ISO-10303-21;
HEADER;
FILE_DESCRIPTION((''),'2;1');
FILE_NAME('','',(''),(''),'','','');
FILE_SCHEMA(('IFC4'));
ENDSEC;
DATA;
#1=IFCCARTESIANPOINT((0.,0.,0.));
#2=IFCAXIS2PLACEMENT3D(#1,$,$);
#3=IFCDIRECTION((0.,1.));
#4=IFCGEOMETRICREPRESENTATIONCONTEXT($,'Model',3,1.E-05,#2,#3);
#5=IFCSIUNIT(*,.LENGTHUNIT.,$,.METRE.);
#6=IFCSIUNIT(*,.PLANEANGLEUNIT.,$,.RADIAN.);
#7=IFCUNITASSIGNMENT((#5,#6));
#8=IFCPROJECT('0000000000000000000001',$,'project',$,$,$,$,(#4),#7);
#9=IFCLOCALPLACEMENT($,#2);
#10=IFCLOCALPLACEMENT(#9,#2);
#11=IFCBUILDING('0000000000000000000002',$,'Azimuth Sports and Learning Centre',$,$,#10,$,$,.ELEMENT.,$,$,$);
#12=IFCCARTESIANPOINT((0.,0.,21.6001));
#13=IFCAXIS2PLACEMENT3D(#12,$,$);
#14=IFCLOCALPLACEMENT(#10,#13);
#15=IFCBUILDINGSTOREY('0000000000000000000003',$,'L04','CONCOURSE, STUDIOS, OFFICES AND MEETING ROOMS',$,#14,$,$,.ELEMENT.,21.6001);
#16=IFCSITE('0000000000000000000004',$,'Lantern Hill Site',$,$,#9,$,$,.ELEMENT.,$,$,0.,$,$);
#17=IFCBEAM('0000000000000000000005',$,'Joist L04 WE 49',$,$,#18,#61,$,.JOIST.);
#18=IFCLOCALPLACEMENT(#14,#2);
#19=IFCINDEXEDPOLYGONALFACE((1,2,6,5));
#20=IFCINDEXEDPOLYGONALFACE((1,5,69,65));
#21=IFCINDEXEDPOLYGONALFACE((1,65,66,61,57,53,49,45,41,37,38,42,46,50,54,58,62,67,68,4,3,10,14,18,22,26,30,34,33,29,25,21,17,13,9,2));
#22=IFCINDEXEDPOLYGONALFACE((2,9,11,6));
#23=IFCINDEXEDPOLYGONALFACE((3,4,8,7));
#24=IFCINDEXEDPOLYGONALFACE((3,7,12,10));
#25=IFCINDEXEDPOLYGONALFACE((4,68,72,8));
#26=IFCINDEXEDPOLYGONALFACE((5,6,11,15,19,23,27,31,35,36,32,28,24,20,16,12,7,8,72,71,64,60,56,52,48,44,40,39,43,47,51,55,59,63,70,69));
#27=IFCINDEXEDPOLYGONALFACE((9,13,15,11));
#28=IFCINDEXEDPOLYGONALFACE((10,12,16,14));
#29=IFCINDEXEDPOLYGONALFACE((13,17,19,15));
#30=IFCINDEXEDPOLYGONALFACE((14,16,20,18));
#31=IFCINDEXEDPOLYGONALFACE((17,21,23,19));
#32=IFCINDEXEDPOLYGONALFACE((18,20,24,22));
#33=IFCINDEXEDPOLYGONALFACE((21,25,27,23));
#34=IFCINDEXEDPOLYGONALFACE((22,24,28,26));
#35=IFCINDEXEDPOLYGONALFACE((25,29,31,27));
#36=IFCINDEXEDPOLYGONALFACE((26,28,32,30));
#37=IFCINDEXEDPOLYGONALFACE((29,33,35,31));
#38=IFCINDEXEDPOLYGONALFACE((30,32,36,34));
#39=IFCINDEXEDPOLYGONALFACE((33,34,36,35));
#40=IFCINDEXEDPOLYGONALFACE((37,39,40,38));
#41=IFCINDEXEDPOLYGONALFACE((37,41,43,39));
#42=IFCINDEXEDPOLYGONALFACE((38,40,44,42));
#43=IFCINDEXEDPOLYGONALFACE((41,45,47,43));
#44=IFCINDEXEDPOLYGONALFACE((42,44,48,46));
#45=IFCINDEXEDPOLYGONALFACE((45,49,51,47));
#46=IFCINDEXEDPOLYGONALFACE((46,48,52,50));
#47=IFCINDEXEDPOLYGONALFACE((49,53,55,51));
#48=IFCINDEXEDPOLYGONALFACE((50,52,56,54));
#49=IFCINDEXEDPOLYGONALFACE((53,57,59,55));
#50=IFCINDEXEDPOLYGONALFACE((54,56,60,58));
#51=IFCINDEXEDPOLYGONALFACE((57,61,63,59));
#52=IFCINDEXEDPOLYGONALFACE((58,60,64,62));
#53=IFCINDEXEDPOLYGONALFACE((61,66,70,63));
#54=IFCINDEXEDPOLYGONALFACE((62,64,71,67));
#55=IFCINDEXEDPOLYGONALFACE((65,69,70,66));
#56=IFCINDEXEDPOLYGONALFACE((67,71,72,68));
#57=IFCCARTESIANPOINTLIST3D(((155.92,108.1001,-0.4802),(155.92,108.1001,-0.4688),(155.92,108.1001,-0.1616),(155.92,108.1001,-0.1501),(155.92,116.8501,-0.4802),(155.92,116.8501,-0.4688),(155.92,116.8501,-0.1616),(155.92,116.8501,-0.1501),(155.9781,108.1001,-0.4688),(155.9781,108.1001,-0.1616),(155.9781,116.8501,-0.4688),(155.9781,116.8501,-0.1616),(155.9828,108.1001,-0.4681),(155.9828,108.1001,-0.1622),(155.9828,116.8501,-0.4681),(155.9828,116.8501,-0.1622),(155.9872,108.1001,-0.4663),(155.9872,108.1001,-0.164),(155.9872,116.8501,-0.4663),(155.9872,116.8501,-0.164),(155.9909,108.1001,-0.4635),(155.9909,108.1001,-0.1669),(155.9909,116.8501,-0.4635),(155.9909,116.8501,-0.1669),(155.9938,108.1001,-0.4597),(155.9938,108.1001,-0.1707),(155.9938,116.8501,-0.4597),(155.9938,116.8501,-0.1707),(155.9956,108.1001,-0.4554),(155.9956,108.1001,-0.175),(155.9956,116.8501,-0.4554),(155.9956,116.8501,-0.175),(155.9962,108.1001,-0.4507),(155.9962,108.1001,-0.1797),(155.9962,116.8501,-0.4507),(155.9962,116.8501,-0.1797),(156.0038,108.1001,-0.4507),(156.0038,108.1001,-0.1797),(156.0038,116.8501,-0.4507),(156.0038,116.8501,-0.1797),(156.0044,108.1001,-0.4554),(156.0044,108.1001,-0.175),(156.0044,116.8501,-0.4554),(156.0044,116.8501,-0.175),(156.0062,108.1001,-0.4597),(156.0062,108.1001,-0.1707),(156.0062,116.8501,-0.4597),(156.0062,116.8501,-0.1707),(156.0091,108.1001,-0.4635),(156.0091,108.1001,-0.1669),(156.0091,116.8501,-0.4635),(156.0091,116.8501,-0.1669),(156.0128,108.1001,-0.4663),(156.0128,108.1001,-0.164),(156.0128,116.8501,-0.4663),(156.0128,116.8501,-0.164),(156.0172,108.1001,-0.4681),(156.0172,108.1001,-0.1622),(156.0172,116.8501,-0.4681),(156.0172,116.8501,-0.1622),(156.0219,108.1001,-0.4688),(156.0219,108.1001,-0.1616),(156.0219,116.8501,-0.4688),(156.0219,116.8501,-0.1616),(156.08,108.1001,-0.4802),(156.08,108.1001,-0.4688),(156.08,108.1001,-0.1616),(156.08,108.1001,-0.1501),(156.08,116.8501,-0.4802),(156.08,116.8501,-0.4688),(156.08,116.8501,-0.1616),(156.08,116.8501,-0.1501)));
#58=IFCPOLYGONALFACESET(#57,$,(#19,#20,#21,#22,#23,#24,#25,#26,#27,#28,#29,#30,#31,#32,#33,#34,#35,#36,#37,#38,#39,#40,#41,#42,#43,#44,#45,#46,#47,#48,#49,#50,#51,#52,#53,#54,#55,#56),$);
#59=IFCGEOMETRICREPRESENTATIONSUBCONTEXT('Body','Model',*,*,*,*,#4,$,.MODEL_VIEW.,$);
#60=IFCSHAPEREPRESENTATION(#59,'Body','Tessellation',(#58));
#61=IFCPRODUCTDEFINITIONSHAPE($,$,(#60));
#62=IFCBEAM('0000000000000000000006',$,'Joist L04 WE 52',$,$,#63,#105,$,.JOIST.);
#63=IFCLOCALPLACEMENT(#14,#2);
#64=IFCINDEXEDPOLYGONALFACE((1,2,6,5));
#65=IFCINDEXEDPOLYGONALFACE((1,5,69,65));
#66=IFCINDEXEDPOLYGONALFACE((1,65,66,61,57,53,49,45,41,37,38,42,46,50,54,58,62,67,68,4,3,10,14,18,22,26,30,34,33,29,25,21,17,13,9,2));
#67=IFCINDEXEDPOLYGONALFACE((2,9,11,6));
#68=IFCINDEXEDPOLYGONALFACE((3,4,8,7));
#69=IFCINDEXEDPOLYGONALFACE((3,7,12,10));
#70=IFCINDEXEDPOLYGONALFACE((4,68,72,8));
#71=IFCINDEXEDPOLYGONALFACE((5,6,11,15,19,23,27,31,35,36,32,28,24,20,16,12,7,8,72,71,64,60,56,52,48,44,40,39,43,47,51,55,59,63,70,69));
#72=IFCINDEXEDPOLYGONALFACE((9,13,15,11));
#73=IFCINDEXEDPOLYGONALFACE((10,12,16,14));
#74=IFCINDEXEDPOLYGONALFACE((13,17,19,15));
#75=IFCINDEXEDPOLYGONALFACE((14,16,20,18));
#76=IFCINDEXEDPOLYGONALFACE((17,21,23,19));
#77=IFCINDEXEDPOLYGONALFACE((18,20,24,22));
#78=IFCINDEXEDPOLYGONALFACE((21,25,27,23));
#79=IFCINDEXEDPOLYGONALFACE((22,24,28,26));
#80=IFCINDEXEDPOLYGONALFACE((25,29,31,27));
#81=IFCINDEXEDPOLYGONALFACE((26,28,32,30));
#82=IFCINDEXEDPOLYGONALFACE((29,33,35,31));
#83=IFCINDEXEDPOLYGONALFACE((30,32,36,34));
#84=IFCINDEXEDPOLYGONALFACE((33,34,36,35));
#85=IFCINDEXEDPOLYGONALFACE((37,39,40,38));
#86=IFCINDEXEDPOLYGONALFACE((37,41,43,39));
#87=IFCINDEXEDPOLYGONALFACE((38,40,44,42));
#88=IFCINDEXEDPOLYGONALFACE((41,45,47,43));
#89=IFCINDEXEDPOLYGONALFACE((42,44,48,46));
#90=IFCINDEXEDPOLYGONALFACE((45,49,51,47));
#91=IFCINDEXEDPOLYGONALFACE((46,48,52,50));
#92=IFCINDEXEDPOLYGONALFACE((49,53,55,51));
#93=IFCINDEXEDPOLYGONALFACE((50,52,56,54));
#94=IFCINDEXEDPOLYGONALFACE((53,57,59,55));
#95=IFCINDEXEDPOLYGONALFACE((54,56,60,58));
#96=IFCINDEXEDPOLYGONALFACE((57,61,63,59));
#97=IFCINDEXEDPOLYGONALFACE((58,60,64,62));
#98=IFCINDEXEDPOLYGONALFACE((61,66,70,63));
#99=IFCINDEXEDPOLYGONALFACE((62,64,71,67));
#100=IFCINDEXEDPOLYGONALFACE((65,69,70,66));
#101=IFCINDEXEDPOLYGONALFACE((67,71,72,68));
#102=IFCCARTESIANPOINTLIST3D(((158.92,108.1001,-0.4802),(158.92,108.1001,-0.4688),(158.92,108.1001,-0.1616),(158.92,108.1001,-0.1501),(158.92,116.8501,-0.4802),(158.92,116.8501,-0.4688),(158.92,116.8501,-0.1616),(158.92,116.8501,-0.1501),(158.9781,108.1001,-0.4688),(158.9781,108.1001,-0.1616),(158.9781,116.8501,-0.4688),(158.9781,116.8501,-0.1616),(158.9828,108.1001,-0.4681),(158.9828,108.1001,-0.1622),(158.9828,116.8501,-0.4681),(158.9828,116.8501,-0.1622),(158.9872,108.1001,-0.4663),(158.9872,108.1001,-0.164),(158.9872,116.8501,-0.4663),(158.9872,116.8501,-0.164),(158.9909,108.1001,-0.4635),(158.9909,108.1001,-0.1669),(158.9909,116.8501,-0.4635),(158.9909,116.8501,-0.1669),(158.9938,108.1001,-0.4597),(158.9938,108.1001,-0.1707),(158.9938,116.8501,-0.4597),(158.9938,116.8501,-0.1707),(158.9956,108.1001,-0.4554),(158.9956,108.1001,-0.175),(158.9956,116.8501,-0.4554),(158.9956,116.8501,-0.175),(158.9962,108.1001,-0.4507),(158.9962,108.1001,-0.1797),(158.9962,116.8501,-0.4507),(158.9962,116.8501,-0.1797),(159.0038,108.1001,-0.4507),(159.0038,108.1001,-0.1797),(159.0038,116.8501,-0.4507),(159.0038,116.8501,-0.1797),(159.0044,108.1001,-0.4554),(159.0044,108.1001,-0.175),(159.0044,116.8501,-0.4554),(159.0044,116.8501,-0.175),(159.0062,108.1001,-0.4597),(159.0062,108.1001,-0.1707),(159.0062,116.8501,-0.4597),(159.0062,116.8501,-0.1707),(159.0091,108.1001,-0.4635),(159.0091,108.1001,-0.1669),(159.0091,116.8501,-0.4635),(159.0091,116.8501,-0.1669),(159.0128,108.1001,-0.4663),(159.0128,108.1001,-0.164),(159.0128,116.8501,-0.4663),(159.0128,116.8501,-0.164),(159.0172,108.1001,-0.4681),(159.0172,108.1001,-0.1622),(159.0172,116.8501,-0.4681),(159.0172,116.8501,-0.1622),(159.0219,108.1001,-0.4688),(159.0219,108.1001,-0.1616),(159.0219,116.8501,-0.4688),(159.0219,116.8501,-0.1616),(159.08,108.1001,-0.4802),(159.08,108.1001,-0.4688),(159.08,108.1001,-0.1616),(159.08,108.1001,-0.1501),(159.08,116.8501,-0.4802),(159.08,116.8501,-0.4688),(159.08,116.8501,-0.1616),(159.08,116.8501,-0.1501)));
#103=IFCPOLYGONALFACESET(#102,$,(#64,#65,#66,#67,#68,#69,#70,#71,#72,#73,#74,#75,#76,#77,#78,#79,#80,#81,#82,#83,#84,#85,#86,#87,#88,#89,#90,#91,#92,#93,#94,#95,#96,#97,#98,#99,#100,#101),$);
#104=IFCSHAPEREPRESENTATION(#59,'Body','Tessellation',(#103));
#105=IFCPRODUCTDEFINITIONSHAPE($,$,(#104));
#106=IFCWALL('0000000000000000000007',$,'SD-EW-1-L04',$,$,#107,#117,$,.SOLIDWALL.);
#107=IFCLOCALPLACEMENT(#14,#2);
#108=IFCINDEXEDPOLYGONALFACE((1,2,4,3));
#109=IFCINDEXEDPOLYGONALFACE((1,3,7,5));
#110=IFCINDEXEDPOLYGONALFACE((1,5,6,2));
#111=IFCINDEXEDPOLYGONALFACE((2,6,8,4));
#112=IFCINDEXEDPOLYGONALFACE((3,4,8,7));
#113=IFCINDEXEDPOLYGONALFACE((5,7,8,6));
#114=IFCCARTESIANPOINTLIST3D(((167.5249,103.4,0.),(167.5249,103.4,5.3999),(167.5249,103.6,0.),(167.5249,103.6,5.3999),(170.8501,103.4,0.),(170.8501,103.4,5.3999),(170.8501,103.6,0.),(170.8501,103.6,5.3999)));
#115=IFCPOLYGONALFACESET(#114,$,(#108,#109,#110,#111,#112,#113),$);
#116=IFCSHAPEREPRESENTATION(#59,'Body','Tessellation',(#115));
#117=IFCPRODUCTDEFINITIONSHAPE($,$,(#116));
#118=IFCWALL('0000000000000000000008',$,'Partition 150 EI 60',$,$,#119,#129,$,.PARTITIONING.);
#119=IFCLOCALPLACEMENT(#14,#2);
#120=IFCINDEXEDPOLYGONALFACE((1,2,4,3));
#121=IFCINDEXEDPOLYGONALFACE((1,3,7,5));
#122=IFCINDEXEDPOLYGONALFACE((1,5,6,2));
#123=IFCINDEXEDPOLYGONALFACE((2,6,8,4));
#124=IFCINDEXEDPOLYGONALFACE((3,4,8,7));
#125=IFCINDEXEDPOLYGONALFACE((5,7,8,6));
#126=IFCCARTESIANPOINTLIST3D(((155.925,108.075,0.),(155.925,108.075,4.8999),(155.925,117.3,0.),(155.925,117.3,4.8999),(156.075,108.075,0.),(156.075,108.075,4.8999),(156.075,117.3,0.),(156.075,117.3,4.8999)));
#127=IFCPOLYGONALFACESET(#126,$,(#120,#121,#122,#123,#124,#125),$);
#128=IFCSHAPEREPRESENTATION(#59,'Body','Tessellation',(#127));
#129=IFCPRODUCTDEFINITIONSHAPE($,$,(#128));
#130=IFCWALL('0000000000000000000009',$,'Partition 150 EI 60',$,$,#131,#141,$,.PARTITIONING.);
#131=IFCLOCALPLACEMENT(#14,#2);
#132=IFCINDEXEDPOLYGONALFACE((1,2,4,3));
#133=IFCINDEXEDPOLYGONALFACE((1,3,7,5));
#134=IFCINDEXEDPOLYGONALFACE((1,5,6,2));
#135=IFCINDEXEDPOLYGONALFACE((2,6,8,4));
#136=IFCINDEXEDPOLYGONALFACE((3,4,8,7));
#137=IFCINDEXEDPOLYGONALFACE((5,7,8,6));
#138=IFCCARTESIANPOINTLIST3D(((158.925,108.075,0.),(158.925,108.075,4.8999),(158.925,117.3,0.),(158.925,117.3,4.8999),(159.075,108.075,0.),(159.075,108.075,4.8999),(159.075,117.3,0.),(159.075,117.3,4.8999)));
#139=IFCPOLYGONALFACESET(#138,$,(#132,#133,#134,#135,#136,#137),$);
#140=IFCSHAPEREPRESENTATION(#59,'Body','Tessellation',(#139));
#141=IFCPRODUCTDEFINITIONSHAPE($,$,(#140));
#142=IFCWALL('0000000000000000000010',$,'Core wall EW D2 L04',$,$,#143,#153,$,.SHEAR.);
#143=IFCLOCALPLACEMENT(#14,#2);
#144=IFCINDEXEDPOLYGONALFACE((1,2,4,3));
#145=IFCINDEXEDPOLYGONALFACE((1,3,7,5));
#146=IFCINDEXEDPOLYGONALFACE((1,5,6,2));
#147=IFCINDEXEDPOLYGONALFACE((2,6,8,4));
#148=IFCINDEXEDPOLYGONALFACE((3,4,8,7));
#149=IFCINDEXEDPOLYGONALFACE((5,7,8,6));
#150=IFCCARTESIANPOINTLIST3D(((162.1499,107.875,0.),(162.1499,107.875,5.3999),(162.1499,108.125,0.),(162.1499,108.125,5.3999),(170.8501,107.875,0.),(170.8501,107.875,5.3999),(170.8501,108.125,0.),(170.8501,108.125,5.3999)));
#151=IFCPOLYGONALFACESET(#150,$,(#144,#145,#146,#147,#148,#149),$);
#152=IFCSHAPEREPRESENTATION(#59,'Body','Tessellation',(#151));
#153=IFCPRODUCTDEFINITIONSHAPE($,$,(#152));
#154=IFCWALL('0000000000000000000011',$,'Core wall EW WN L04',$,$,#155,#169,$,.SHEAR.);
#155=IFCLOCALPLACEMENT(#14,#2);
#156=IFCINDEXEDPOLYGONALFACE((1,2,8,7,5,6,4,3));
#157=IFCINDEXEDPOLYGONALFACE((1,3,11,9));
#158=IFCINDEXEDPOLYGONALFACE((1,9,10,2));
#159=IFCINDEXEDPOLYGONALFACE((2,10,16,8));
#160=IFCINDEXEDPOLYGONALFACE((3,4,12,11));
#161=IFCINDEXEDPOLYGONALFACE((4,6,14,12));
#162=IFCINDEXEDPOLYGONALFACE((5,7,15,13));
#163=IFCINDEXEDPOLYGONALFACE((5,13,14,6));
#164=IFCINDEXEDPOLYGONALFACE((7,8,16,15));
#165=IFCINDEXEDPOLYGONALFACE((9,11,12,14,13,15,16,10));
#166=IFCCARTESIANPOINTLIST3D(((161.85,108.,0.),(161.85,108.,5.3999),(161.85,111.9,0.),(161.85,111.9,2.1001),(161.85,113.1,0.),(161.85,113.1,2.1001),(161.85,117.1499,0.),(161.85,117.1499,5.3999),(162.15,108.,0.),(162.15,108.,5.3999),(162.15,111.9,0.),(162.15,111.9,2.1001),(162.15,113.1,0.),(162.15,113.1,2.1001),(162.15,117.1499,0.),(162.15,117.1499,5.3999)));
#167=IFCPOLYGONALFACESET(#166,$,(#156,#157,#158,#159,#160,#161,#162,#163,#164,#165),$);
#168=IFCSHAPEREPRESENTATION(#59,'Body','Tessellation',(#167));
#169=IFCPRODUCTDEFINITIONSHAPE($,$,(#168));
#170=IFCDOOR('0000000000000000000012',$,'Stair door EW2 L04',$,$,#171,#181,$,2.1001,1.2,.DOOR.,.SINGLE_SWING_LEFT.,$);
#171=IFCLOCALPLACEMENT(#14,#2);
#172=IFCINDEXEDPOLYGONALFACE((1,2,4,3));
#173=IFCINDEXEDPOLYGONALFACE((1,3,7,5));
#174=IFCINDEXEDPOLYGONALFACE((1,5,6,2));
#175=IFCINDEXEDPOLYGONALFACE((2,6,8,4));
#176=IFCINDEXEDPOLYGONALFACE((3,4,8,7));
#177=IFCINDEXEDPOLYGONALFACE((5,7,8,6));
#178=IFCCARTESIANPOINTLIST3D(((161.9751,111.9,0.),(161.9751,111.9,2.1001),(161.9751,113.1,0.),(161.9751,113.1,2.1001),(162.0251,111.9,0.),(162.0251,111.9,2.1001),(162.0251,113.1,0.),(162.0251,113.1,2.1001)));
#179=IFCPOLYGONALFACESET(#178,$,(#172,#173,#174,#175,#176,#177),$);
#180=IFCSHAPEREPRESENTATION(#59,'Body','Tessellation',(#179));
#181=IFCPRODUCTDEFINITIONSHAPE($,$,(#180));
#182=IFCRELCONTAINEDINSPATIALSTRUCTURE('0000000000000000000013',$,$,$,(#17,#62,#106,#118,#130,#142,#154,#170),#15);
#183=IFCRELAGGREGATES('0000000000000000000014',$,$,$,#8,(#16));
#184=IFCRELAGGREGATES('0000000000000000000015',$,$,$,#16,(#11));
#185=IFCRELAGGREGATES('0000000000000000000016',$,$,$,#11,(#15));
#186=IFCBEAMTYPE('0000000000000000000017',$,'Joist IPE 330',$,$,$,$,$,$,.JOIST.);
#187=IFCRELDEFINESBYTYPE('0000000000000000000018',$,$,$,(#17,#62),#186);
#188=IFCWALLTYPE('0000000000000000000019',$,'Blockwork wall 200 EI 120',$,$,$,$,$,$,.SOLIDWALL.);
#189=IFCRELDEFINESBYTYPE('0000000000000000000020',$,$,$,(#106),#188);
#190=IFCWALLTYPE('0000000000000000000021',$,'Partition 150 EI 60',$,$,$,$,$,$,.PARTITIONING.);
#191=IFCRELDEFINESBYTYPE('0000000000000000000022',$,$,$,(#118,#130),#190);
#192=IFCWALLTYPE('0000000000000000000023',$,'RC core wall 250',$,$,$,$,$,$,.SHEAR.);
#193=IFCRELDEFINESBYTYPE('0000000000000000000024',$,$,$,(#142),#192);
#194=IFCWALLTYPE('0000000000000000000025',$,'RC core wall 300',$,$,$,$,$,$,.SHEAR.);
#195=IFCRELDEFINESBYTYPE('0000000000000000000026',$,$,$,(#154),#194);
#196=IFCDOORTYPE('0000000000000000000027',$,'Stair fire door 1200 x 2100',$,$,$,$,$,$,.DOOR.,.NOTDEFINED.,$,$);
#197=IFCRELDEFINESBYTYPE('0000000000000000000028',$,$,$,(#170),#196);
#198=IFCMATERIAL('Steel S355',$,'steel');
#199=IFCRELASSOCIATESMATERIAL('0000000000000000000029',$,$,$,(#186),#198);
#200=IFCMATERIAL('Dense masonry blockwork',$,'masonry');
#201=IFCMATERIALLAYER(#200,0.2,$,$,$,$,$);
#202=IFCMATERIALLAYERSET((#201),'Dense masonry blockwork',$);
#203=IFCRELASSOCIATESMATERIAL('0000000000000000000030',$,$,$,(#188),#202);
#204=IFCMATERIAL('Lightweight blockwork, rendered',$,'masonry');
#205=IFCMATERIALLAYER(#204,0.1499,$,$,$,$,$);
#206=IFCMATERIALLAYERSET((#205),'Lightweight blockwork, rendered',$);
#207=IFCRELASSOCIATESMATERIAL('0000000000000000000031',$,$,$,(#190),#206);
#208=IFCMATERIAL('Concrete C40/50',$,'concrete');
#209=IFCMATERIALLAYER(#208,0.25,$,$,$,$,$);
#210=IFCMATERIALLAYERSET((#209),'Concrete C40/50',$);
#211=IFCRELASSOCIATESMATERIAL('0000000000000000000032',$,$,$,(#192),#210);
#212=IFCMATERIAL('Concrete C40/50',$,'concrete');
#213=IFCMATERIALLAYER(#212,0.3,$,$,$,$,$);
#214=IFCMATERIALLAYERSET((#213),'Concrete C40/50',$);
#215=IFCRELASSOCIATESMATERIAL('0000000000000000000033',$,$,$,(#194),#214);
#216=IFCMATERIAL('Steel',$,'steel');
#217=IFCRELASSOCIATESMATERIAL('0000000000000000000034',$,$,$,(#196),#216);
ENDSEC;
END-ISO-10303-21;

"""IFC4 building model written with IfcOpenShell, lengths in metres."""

from ifc_helpers import new_model, si_unit, direction, frame, frame_2d, origin, origin_2d, place, context, subcontext, project, spatial, rectangle, i_section, extrude, material, layer, layer_set, material_profile, profile_set, type_object, element, fill, save


model = new_model("IFC4")

# Units and contexts
model_context = context("Model", 3, precision=1e-05, world=origin(), true_north=direction((0.0, 1.0)))
body_context = subcontext(model_context, "Body", "Model", "MODEL_VIEW")
ifc_project = project(units=[si_unit("LENGTHUNIT", "METRE"), si_unit("PLANEANGLEUNIT", "RADIAN")], contexts=[model_context])

# Site, building, storey
site_placement = place(None, origin())
site = spatial("IfcSite", under=ifc_project, at=site_placement, Name="Lantern Hill Site", CompositionType="ELEMENT", RefElevation=0.0)
building_placement = place(site_placement, origin())
building = spatial("IfcBuilding", under=site, at=building_placement, Name="Azimuth Sports and Learning Centre", CompositionType="ELEMENT")
storey_placement = place(building_placement, frame((0.0, 0.0, 21.6001)))
storey = spatial("IfcBuildingStorey", under=building, at=storey_placement, Name="L04", Description="CONCOURSE, STUDIOS, OFFICES AND MEETING ROOMS", CompositionType="ELEMENT", Elevation=21.6001)

# Beams
ifc_material_1 = material(Name="Steel S355", Category="steel")
ifc_material_profile_1 = material_profile(ifc_material_1, i_section(OverallWidth=0.1599, OverallDepth=0.3301, WebThickness=0.0076, FlangeThickness=0.0115, FilletRadius=0.0181, at=origin_2d()), Name="IPE 330")
ifc_profile_set_1 = profile_set([ifc_material_profile_1], Name="Steel S355")
beam_type_1 = type_object("IfcBeamType", Name="Joist IPE 330", PredefinedType="JOIST", material=ifc_profile_set_1)
for number, where, z_axis, x_axis, name in (
    (1, (156.0, 108.1001, -0.3152), (0.0, 1.0, 0.0), (-1.0, 0.0, 0.0), "Joist L04 WE 49"),
    (2, (159.0, 108.1001, -0.3152), (0.0, 1.0, 0.0), (-1.0, 0.0, 0.0), "Joist L04 WE 52"),
):
    element("IfcBeam", number, at=place(storey_placement, frame(where, z_axis=z_axis, x_axis=x_axis)), inside=storey, type_object=beam_type_1, Name=name, PredefinedType="JOIST", context=body_context, shape_type="SweptSolid", body=[
        extrude(i_section(OverallWidth=0.1599, OverallDepth=0.3301, WebThickness=0.0076, FlangeThickness=0.0115, FilletRadius=0.0181, at=origin_2d()), origin(), (0.0, 0.0, 1.0), 8.75),
    ])

# Walls
ifc_material_2 = material(Name="Dense masonry blockwork", Category="masonry")
ifc_layer_1 = layer(ifc_material_2, 0.2)
ifc_layer_set_1 = layer_set([ifc_layer_1], Name="Dense masonry blockwork")
wall_type_1 = type_object("IfcWallType", Name="Blockwork wall 200 EI 120", PredefinedType="SOLIDWALL", material=ifc_layer_set_1)
wall_1_placement = place(storey_placement, frame((167.5249, 103.5, 0.0), z_axis=(0.0, 0.0, 1.0), x_axis=(1.0, 0.0, 0.0)))
element("IfcWall", 3, at=wall_1_placement, inside=storey, type_object=wall_type_1, Name="SD-EW-1-L04", PredefinedType="SOLIDWALL", context=body_context, shape_type="SweptSolid", body=[
    extrude(rectangle(XDim=3.3252, YDim=0.2, at=frame_2d((1.6626, 0.0))), origin(), (0.0, 0.0, 1.0), 5.3999),
])
ifc_material_3 = material(Name="Lightweight blockwork, rendered", Category="masonry")
ifc_layer_2 = layer(ifc_material_3, 0.1499)
ifc_layer_set_2 = layer_set([ifc_layer_2], Name="Lightweight blockwork, rendered")
wall_type_2 = type_object("IfcWallType", Name="Partition 150 EI 60", PredefinedType="PARTITIONING", material=ifc_layer_set_2)
for number, where, z_axis, x_axis, name in (
    (4, (156.0, 108.075, 0.0), (0.0, 0.0, 1.0), (0.0, 1.0, 0.0), "Partition 150 EI 60"),
    (5, (159.0, 108.075, 0.0), (0.0, 0.0, 1.0), (0.0, 1.0, 0.0), "Partition 150 EI 60"),
):
    element("IfcWall", number, at=place(storey_placement, frame(where, z_axis=z_axis, x_axis=x_axis)), inside=storey, type_object=wall_type_2, Name=name, PredefinedType="PARTITIONING", context=body_context, shape_type="SweptSolid", body=[
        extrude(rectangle(XDim=9.2251, YDim=0.1499, at=frame_2d((4.6125, 0.0))), origin(), (0.0, 0.0, 1.0), 4.8999),
    ])
ifc_material_4 = material(Name="Concrete C40/50", Category="concrete")
ifc_layer_3 = layer(ifc_material_4, 0.25)
ifc_layer_set_3 = layer_set([ifc_layer_3], Name="Concrete C40/50")
wall_type_3 = type_object("IfcWallType", Name="RC core wall 250", PredefinedType="SHEAR", material=ifc_layer_set_3)
wall_2_placement = place(storey_placement, frame((162.1499, 108.0, 0.0), z_axis=(0.0, 0.0, 1.0), x_axis=(1.0, 0.0, 0.0)))
element("IfcWall", 6, at=wall_2_placement, inside=storey, type_object=wall_type_3, Name="Core wall EW D2 L04", PredefinedType="SHEAR", context=body_context, shape_type="SweptSolid", body=[
    extrude(rectangle(XDim=8.7002, YDim=0.25, at=frame_2d((4.3501, 0.0))), origin(), (0.0, 0.0, 1.0), 5.3999),
])

# Wall, opening, door
ifc_material_5 = material(Name="Concrete C40/50", Category="concrete")
ifc_layer_4 = layer(ifc_material_5, 0.3)
ifc_layer_set_4 = layer_set([ifc_layer_4], Name="Concrete C40/50")
wall_type_4 = type_object("IfcWallType", Name="RC core wall 300", PredefinedType="SHEAR", material=ifc_layer_set_4)
wall_3_placement = place(storey_placement, frame((162.0, 108.0, 0.0), z_axis=(0.0, 0.0, 1.0), x_axis=(0.0, 1.0, 0.0)))
wall_3 = element("IfcWall", 7, at=wall_3_placement, inside=storey, type_object=wall_type_4, Name="Core wall EW WN L04", PredefinedType="SHEAR", context=body_context, shape_type="SweptSolid", body=[
    extrude(rectangle(XDim=9.1499, YDim=0.3, at=frame_2d((4.575, 0.0))), origin(), (0.0, 0.0, 1.0), 5.3999),
])
opening_1_placement = place(wall_3_placement, frame((3.8999, 0.0, 0.0)))
opening_1 = element("IfcOpeningElement", 8, at=opening_1_placement, cuts=wall_3, PredefinedType="OPENING", context=body_context, shape_type="SweptSolid", body=[
    extrude(rectangle(XDim=1.2, YDim=2.1001, at=frame_2d((0.6001, 1.05))), frame((0.0, 0.1611, 0.0), z_axis=(0.0, -1.0, 0.0), x_axis=(1.0, 0.0, 0.0)), (0.0, 0.0, 1.0), 0.322),
])
ifc_material_6 = material(Name="Steel", Category="steel")
door_type = type_object("IfcDoorType", Name="Stair fire door 1200 x 2100", OperationType="NOTDEFINED", PredefinedType="DOOR", material=ifc_material_6)
door_placement = place(opening_1_placement, origin())
door = element("IfcDoor", 9, at=door_placement, inside=storey, type_object=door_type, Name="Stair door EW2 L04", OperationType="SINGLE_SWING_LEFT", OverallHeight=2.1001, OverallWidth=1.2, PredefinedType="DOOR", context=body_context, shape_type="SweptSolid", body=[
    extrude(rectangle(XDim=1.2, YDim=2.1001, at=frame_2d((0.6001, 1.05))), frame((0.0, 0.0249, 0.0), z_axis=(0.0, -1.0, 0.0), x_axis=(1.0, 0.0, 0.0)), (0.0, 0.0, 1.0), 0.05),
])
fill(opening_1, door)

save(model, "model.ifc")
